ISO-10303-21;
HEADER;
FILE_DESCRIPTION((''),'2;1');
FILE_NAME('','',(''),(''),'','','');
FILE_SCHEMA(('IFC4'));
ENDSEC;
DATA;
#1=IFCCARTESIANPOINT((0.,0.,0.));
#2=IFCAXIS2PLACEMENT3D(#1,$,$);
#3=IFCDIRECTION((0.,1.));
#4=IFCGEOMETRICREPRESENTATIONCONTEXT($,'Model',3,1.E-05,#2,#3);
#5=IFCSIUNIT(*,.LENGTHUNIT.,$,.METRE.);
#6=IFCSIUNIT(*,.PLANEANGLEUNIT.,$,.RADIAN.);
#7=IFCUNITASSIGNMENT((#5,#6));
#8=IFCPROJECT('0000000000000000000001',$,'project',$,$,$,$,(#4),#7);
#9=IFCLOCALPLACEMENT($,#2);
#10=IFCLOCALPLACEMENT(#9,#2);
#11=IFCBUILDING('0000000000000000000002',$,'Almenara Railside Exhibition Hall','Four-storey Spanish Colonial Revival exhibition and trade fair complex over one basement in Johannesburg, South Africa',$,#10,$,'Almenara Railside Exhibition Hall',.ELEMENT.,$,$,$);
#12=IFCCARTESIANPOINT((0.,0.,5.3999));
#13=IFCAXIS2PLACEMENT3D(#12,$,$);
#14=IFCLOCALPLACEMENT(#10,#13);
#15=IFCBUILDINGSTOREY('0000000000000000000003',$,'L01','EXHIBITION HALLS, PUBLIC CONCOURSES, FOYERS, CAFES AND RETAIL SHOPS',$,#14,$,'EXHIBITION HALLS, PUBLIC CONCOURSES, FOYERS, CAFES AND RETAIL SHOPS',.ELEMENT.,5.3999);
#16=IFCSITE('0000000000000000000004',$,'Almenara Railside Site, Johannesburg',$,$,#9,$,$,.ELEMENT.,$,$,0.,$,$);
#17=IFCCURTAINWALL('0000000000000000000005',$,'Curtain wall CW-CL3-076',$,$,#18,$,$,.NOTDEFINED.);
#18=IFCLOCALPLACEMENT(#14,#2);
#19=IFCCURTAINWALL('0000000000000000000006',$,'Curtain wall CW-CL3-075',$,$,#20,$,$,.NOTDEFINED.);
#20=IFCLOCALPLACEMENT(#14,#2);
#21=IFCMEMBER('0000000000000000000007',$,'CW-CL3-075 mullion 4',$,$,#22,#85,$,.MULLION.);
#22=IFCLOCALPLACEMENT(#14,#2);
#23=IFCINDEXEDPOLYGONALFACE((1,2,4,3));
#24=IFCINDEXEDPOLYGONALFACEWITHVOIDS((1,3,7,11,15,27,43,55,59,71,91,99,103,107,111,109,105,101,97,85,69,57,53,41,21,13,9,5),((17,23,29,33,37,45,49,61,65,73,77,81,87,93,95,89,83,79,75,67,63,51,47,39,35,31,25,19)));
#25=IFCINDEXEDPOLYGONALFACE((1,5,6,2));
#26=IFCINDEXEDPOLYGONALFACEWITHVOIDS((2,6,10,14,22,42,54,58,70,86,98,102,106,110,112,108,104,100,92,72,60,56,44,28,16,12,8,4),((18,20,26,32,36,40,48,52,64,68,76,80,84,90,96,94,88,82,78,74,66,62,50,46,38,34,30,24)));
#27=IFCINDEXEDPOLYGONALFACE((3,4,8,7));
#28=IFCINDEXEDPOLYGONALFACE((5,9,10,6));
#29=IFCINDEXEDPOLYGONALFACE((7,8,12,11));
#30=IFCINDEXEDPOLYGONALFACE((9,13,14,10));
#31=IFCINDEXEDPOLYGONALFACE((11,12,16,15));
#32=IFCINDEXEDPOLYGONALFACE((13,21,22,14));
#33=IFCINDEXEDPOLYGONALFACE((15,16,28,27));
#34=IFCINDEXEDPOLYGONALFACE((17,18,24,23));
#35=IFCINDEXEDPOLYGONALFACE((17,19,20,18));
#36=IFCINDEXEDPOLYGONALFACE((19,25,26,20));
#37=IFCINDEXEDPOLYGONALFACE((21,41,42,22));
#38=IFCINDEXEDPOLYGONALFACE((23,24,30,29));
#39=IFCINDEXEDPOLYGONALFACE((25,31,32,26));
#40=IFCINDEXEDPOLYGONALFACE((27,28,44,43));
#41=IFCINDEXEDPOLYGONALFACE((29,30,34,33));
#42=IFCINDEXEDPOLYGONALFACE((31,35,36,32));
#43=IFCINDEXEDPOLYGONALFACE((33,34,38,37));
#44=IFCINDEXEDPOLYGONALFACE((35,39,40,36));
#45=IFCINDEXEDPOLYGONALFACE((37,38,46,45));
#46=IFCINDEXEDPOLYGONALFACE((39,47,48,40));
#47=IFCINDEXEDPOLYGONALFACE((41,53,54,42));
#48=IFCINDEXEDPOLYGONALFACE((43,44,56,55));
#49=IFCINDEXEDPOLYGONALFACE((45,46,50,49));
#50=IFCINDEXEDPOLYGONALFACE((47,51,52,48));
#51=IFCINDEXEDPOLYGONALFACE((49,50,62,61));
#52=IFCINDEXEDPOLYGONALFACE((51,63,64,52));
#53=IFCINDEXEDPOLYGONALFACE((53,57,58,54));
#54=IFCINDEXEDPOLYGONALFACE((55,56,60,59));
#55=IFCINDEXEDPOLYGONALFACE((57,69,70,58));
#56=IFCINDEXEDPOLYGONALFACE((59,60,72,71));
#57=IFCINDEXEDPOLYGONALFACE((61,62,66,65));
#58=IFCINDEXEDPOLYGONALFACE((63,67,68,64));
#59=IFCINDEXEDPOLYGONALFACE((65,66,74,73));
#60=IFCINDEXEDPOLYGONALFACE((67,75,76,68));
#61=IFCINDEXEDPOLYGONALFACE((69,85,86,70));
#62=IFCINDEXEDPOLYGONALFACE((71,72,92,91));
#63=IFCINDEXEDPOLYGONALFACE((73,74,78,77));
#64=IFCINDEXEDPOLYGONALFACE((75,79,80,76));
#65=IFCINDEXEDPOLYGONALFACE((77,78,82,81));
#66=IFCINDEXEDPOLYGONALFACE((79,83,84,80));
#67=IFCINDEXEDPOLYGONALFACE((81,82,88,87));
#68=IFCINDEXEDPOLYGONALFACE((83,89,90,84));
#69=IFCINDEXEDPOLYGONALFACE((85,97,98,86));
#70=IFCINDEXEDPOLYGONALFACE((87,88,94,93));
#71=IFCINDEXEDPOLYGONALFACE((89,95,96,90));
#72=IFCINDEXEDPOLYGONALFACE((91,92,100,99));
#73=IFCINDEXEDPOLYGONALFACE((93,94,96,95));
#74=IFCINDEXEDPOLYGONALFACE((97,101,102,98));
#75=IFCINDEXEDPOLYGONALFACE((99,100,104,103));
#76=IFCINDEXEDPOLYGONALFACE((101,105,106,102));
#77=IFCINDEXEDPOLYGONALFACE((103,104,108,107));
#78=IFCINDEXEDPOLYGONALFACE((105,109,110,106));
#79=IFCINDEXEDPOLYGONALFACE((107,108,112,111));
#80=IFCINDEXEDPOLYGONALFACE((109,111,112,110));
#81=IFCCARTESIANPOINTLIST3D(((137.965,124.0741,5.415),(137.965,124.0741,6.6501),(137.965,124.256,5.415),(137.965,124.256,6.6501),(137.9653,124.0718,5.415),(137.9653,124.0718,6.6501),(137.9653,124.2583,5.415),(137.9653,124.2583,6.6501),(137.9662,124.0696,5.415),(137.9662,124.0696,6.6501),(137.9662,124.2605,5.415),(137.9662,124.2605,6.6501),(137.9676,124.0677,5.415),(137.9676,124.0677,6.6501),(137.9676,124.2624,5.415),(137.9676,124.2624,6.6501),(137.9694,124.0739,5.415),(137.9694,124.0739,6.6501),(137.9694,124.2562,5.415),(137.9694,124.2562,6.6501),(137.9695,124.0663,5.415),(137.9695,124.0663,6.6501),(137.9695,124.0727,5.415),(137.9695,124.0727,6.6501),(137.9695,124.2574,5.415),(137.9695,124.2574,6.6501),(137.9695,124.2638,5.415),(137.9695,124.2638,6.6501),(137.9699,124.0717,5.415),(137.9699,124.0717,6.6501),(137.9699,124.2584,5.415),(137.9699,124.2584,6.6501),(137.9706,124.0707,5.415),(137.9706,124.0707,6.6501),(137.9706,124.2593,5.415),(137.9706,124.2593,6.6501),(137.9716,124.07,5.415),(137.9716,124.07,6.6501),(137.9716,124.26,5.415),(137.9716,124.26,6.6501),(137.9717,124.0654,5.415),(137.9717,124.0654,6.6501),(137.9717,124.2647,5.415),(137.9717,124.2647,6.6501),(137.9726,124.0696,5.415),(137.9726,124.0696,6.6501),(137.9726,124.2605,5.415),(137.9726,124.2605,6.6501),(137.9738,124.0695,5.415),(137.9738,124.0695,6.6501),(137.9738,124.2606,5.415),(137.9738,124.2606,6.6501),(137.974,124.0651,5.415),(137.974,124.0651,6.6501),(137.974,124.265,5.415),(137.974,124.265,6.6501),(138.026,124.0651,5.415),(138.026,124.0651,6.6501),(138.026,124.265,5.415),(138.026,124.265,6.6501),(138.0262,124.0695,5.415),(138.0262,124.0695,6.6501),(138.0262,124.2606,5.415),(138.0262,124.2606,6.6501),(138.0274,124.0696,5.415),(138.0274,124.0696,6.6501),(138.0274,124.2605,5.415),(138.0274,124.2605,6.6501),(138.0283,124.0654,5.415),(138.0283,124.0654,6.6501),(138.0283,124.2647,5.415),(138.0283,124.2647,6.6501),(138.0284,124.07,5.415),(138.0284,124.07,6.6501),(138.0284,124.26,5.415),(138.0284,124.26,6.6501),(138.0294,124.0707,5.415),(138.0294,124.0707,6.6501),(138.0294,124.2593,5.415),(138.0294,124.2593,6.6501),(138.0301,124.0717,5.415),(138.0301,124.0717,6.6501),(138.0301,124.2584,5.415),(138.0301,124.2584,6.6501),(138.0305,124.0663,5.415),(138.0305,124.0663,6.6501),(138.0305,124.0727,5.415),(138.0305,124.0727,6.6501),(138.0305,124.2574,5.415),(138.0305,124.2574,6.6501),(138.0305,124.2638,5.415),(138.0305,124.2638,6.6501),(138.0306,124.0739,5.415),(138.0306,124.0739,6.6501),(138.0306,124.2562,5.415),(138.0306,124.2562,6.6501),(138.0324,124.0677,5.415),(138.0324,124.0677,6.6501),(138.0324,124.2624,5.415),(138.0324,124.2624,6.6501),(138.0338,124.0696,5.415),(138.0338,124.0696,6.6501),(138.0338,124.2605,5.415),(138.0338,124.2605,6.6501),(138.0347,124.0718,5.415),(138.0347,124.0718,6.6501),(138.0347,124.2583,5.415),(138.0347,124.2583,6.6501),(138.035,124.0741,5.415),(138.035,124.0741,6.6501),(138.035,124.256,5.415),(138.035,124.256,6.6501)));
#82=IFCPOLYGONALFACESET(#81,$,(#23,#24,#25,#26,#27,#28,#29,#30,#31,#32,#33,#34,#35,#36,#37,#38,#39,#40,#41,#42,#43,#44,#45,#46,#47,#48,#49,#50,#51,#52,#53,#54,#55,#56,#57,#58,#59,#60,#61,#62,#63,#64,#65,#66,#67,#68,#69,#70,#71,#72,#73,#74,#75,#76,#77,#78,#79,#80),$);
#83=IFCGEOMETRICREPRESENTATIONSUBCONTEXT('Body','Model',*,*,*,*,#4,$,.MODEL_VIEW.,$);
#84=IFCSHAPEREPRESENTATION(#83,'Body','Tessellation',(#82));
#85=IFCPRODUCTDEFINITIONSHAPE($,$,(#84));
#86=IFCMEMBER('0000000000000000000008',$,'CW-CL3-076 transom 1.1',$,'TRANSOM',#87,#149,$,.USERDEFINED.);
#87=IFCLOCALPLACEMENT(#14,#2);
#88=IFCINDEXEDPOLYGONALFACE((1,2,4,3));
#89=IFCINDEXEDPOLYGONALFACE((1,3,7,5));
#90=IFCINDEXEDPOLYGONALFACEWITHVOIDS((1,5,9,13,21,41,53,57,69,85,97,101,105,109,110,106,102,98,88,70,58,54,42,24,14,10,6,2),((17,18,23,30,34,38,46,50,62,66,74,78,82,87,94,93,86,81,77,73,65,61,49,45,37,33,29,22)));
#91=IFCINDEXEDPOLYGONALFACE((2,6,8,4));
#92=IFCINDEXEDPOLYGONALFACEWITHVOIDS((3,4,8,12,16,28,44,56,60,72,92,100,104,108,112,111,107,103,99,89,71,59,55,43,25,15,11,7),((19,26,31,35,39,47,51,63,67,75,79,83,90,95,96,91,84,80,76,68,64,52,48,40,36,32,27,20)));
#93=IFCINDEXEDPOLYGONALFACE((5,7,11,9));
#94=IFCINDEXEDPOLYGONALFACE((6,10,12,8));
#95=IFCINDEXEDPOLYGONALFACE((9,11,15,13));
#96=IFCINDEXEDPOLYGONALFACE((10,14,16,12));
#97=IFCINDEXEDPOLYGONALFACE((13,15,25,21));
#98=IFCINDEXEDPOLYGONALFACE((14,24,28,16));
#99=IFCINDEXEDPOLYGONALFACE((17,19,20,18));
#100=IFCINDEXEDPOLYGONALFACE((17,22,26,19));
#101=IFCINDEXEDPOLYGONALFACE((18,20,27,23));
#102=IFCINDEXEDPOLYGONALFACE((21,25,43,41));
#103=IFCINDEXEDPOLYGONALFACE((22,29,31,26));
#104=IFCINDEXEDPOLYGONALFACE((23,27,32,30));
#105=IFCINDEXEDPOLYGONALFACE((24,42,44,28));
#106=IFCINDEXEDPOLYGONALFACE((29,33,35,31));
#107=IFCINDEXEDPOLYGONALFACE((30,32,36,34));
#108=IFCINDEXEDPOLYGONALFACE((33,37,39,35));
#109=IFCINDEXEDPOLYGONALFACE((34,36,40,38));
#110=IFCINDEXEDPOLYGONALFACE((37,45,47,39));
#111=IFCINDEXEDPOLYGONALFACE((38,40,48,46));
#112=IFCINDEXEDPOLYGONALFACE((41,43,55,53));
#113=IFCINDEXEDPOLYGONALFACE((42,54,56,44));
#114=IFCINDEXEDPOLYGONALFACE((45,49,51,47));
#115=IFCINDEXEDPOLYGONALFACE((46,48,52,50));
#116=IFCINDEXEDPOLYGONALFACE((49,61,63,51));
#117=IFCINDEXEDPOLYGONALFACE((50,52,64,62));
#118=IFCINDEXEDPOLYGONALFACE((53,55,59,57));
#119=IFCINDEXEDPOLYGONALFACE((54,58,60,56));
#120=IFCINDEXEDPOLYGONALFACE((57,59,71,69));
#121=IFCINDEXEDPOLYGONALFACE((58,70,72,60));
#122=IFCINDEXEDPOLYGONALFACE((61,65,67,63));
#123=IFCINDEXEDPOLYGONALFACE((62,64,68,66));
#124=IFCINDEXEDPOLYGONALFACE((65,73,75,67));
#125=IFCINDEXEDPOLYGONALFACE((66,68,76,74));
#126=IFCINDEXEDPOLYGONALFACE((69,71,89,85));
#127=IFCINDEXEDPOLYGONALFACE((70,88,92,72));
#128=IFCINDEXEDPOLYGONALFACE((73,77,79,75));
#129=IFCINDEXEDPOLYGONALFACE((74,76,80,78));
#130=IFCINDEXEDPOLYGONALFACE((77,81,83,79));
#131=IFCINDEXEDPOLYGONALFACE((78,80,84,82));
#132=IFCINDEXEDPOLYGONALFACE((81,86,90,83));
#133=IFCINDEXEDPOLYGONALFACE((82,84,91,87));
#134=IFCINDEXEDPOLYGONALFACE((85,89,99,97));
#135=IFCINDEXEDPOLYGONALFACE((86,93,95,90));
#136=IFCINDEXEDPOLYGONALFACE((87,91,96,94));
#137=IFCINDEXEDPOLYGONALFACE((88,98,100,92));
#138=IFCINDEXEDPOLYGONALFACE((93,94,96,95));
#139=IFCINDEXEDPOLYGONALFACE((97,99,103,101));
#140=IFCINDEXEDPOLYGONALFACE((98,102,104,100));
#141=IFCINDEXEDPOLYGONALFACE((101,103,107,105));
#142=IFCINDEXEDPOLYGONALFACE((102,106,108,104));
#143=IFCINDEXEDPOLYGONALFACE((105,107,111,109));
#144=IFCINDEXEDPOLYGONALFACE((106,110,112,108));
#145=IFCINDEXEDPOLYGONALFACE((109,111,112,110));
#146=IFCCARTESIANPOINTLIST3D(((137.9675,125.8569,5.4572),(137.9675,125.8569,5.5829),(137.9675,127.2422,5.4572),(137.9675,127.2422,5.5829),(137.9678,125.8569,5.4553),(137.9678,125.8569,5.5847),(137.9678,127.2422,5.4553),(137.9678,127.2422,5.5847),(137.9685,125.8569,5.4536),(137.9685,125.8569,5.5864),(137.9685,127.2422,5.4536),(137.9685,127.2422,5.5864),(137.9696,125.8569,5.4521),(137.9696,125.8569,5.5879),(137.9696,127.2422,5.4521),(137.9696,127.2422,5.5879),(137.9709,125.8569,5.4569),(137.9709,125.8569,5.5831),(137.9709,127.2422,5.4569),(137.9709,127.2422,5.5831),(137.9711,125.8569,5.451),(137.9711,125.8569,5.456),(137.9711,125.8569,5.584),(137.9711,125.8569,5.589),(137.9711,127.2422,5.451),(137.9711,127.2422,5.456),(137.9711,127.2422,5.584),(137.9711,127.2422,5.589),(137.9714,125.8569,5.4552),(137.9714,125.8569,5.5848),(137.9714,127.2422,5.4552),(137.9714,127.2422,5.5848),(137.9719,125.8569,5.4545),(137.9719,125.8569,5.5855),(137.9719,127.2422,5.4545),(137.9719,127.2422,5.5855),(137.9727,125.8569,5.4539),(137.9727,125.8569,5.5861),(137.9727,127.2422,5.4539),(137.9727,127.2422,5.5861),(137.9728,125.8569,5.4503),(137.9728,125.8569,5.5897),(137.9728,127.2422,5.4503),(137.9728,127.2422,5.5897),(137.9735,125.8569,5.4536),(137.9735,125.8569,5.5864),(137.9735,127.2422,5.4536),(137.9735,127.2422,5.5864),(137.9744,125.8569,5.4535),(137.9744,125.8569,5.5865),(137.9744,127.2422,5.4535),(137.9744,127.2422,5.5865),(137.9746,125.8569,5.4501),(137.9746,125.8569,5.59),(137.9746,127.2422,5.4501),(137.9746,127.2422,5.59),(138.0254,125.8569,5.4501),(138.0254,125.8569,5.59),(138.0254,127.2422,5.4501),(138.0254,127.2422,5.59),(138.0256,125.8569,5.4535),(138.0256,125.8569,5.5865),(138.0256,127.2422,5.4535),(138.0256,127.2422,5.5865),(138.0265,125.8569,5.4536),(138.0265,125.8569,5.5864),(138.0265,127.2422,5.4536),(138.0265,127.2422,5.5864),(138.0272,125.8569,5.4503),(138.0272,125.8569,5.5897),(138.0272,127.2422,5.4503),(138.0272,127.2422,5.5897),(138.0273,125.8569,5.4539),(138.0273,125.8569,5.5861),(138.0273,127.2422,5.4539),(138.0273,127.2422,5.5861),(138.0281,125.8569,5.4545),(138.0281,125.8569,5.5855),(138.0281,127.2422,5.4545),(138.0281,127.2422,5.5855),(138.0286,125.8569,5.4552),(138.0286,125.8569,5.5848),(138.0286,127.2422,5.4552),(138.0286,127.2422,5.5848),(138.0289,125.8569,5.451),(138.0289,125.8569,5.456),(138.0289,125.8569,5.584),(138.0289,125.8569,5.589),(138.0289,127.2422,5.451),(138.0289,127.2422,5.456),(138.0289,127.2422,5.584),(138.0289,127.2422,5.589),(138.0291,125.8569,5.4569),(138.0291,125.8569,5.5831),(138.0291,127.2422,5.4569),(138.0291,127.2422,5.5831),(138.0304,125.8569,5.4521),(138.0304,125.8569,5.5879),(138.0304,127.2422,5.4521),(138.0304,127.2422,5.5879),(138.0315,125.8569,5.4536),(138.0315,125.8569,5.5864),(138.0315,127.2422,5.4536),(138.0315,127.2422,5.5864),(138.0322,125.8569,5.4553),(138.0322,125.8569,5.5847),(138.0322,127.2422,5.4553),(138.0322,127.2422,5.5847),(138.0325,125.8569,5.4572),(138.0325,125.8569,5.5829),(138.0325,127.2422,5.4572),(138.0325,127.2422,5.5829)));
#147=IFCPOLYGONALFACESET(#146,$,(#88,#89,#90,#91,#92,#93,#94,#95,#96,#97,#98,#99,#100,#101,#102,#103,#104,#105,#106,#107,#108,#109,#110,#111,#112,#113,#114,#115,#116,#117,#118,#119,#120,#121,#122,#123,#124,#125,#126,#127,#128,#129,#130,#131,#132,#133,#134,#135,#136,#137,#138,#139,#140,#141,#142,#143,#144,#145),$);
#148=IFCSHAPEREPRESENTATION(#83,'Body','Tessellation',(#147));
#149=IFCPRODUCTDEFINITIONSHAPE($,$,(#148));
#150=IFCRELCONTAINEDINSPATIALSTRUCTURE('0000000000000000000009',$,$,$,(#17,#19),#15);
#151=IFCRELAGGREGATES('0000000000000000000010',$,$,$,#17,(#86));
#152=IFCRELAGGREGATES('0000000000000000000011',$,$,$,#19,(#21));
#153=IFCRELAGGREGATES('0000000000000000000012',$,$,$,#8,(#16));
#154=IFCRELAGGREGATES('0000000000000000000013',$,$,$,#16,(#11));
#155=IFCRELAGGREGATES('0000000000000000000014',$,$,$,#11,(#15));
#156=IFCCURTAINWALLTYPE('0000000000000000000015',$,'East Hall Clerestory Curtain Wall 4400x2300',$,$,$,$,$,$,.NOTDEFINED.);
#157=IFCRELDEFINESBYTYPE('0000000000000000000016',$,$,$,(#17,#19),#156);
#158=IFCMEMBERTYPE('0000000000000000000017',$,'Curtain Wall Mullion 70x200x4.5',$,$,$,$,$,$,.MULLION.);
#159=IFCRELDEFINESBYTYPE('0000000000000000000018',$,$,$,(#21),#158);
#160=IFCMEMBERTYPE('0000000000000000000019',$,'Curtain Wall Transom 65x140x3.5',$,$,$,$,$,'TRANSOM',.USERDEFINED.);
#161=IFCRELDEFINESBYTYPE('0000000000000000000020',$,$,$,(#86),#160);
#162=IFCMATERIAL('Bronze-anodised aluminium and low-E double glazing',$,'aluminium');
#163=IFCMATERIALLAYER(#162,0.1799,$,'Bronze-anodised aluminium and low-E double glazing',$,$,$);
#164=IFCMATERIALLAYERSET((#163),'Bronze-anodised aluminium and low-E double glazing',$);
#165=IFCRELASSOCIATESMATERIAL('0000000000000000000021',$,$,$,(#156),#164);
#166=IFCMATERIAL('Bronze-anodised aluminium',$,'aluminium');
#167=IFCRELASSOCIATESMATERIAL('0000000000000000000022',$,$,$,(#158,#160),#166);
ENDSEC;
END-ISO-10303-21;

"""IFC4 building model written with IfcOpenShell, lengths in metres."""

from ifc_helpers import new_model, si_unit, direction, frame, origin, origin_2d, place, context, subcontext, project, spatial, hollow_rectangle, extrude, material, layer, layer_set, material_profile, profile_set, type_object, element, aggregate, save


model = new_model("IFC4")

# Units and contexts
model_context = context("Model", 3, precision=1e-05, world=origin(), true_north=direction((0.0, 1.0)))
body_context = subcontext(model_context, "Body", "Model", "MODEL_VIEW")
ifc_project = project(units=[si_unit("LENGTHUNIT", "METRE"), si_unit("PLANEANGLEUNIT", "RADIAN")], contexts=[model_context])

# Site, building, storey
site_placement = place(None, origin())
site = spatial("IfcSite", under=ifc_project, at=site_placement, Name="Almenara Railside Site, Johannesburg", CompositionType="ELEMENT", RefElevation=0.0)
building_placement = place(site_placement, origin())
building = spatial("IfcBuilding", under=site, at=building_placement, Name="Almenara Railside Exhibition Hall", Description="Four-storey Spanish Colonial Revival exhibition and trade fair complex over one basement in Johannesburg, South Africa", LongName="Almenara Railside Exhibition Hall", CompositionType="ELEMENT")
storey_placement = place(building_placement, frame((0.0, 0.0, 5.3999)))
storey = spatial("IfcBuildingStorey", under=building, at=storey_placement, Name="L01", Description="EXHIBITION HALLS, PUBLIC CONCOURSES, FOYERS, CAFES AND RETAIL SHOPS", LongName="EXHIBITION HALLS, PUBLIC CONCOURSES, FOYERS, CAFES AND RETAIL SHOPS", CompositionType="ELEMENT", Elevation=5.3999)

# Curtain wall
ifc_material_1 = material(Name="Bronze-anodised aluminium and low-E double glazing", Category="aluminium")
ifc_layer_1 = layer(ifc_material_1, 0.1799, Name="Bronze-anodised aluminium and low-E double glazing")
ifc_layer_set_1 = layer_set([ifc_layer_1], Name="Bronze-anodised aluminium and low-E double glazing")
curtain_wall_type = type_object("IfcCurtainWallType", Name="East Hall Clerestory Curtain Wall 4400x2300", PredefinedType="NOTDEFINED", material=ifc_layer_set_1)
curtain_wall_1_placement = place(storey_placement, origin())
curtain_wall_1 = element("IfcCurtainWall", 1, at=curtain_wall_1_placement, inside=storey, type_object=curtain_wall_type, Name="Curtain wall CW-CL3-076", PredefinedType="NOTDEFINED")
ifc_material_2 = material(Name="Bronze-anodised aluminium", Category="aluminium")

# Curtain wall, member
curtain_wall_2_placement = place(storey_placement, origin())
curtain_wall_2 = element("IfcCurtainWall", 2, at=curtain_wall_2_placement, inside=storey, type_object=curtain_wall_type, Name="Curtain wall CW-CL3-075", PredefinedType="NOTDEFINED")
ifc_material_profile_1 = material_profile(ifc_material_2, hollow_rectangle(XDim=0.0701, YDim=0.2, WallThickness=0.0044, InnerFilletRadius=0.0044, OuterFilletRadius=0.009, at=origin_2d()), Name="ALU-MUL 70x200x4.5")
ifc_profile_set_1 = profile_set([ifc_material_profile_1], Name="Bronze-anodised aluminium")
member_type_1 = type_object("IfcMemberType", Name="Curtain Wall Mullion 70x200x4.5", PredefinedType="MULLION", material=ifc_profile_set_1)
member_1_placement = place(storey_placement, frame((138.0, 124.165, 5.415), z_axis=(0.0, 0.0, 1.0), x_axis=(-1.0, 0.0, 0.0)))
member_1 = element("IfcMember", 3, at=member_1_placement, type_object=member_type_1, Name="CW-CL3-075 mullion 4", PredefinedType="MULLION", context=body_context, shape_type="SweptSolid", body=[
    extrude(hollow_rectangle(XDim=0.0701, YDim=0.2, WallThickness=0.0044, InnerFilletRadius=0.0044, OuterFilletRadius=0.009, at=origin_2d()), origin(), (0.0, 0.0, 1.0), 1.2351),
])

# Member
ifc_material_profile_2 = material_profile(ifc_material_2, hollow_rectangle(XDim=0.0649, YDim=0.1399, WallThickness=0.0034, InnerFilletRadius=0.0034, OuterFilletRadius=0.0071, at=origin_2d()), Name="ALU-TRN 65x140x3.5")
ifc_profile_set_2 = profile_set([ifc_material_profile_2], Name="Bronze-anodised aluminium")
member_type_2 = type_object("IfcMemberType", Name="Curtain Wall Transom 65x140x3.5", ElementType="TRANSOM", PredefinedType="USERDEFINED", material=ifc_profile_set_2)
member_2_placement = place(storey_placement, frame((138.0, 125.8569, 5.52), z_axis=(0.0, 1.0, 0.0), x_axis=(-1.0, 0.0, 0.0)))
member_2 = element("IfcMember", 4, at=member_2_placement, type_object=member_type_2, Name="CW-CL3-076 transom 1.1", ObjectType="TRANSOM", PredefinedType="USERDEFINED", context=body_context, shape_type="SweptSolid", body=[
    extrude(hollow_rectangle(XDim=0.0649, YDim=0.1399, WallThickness=0.0034, InnerFilletRadius=0.0034, OuterFilletRadius=0.0071, at=origin_2d()), origin(), (0.0, 0.0, 1.0), 1.3853),
])
aggregate(curtain_wall_1, [member_2])

aggregate(curtain_wall_2, [member_1])

save(model, "model.ifc")
